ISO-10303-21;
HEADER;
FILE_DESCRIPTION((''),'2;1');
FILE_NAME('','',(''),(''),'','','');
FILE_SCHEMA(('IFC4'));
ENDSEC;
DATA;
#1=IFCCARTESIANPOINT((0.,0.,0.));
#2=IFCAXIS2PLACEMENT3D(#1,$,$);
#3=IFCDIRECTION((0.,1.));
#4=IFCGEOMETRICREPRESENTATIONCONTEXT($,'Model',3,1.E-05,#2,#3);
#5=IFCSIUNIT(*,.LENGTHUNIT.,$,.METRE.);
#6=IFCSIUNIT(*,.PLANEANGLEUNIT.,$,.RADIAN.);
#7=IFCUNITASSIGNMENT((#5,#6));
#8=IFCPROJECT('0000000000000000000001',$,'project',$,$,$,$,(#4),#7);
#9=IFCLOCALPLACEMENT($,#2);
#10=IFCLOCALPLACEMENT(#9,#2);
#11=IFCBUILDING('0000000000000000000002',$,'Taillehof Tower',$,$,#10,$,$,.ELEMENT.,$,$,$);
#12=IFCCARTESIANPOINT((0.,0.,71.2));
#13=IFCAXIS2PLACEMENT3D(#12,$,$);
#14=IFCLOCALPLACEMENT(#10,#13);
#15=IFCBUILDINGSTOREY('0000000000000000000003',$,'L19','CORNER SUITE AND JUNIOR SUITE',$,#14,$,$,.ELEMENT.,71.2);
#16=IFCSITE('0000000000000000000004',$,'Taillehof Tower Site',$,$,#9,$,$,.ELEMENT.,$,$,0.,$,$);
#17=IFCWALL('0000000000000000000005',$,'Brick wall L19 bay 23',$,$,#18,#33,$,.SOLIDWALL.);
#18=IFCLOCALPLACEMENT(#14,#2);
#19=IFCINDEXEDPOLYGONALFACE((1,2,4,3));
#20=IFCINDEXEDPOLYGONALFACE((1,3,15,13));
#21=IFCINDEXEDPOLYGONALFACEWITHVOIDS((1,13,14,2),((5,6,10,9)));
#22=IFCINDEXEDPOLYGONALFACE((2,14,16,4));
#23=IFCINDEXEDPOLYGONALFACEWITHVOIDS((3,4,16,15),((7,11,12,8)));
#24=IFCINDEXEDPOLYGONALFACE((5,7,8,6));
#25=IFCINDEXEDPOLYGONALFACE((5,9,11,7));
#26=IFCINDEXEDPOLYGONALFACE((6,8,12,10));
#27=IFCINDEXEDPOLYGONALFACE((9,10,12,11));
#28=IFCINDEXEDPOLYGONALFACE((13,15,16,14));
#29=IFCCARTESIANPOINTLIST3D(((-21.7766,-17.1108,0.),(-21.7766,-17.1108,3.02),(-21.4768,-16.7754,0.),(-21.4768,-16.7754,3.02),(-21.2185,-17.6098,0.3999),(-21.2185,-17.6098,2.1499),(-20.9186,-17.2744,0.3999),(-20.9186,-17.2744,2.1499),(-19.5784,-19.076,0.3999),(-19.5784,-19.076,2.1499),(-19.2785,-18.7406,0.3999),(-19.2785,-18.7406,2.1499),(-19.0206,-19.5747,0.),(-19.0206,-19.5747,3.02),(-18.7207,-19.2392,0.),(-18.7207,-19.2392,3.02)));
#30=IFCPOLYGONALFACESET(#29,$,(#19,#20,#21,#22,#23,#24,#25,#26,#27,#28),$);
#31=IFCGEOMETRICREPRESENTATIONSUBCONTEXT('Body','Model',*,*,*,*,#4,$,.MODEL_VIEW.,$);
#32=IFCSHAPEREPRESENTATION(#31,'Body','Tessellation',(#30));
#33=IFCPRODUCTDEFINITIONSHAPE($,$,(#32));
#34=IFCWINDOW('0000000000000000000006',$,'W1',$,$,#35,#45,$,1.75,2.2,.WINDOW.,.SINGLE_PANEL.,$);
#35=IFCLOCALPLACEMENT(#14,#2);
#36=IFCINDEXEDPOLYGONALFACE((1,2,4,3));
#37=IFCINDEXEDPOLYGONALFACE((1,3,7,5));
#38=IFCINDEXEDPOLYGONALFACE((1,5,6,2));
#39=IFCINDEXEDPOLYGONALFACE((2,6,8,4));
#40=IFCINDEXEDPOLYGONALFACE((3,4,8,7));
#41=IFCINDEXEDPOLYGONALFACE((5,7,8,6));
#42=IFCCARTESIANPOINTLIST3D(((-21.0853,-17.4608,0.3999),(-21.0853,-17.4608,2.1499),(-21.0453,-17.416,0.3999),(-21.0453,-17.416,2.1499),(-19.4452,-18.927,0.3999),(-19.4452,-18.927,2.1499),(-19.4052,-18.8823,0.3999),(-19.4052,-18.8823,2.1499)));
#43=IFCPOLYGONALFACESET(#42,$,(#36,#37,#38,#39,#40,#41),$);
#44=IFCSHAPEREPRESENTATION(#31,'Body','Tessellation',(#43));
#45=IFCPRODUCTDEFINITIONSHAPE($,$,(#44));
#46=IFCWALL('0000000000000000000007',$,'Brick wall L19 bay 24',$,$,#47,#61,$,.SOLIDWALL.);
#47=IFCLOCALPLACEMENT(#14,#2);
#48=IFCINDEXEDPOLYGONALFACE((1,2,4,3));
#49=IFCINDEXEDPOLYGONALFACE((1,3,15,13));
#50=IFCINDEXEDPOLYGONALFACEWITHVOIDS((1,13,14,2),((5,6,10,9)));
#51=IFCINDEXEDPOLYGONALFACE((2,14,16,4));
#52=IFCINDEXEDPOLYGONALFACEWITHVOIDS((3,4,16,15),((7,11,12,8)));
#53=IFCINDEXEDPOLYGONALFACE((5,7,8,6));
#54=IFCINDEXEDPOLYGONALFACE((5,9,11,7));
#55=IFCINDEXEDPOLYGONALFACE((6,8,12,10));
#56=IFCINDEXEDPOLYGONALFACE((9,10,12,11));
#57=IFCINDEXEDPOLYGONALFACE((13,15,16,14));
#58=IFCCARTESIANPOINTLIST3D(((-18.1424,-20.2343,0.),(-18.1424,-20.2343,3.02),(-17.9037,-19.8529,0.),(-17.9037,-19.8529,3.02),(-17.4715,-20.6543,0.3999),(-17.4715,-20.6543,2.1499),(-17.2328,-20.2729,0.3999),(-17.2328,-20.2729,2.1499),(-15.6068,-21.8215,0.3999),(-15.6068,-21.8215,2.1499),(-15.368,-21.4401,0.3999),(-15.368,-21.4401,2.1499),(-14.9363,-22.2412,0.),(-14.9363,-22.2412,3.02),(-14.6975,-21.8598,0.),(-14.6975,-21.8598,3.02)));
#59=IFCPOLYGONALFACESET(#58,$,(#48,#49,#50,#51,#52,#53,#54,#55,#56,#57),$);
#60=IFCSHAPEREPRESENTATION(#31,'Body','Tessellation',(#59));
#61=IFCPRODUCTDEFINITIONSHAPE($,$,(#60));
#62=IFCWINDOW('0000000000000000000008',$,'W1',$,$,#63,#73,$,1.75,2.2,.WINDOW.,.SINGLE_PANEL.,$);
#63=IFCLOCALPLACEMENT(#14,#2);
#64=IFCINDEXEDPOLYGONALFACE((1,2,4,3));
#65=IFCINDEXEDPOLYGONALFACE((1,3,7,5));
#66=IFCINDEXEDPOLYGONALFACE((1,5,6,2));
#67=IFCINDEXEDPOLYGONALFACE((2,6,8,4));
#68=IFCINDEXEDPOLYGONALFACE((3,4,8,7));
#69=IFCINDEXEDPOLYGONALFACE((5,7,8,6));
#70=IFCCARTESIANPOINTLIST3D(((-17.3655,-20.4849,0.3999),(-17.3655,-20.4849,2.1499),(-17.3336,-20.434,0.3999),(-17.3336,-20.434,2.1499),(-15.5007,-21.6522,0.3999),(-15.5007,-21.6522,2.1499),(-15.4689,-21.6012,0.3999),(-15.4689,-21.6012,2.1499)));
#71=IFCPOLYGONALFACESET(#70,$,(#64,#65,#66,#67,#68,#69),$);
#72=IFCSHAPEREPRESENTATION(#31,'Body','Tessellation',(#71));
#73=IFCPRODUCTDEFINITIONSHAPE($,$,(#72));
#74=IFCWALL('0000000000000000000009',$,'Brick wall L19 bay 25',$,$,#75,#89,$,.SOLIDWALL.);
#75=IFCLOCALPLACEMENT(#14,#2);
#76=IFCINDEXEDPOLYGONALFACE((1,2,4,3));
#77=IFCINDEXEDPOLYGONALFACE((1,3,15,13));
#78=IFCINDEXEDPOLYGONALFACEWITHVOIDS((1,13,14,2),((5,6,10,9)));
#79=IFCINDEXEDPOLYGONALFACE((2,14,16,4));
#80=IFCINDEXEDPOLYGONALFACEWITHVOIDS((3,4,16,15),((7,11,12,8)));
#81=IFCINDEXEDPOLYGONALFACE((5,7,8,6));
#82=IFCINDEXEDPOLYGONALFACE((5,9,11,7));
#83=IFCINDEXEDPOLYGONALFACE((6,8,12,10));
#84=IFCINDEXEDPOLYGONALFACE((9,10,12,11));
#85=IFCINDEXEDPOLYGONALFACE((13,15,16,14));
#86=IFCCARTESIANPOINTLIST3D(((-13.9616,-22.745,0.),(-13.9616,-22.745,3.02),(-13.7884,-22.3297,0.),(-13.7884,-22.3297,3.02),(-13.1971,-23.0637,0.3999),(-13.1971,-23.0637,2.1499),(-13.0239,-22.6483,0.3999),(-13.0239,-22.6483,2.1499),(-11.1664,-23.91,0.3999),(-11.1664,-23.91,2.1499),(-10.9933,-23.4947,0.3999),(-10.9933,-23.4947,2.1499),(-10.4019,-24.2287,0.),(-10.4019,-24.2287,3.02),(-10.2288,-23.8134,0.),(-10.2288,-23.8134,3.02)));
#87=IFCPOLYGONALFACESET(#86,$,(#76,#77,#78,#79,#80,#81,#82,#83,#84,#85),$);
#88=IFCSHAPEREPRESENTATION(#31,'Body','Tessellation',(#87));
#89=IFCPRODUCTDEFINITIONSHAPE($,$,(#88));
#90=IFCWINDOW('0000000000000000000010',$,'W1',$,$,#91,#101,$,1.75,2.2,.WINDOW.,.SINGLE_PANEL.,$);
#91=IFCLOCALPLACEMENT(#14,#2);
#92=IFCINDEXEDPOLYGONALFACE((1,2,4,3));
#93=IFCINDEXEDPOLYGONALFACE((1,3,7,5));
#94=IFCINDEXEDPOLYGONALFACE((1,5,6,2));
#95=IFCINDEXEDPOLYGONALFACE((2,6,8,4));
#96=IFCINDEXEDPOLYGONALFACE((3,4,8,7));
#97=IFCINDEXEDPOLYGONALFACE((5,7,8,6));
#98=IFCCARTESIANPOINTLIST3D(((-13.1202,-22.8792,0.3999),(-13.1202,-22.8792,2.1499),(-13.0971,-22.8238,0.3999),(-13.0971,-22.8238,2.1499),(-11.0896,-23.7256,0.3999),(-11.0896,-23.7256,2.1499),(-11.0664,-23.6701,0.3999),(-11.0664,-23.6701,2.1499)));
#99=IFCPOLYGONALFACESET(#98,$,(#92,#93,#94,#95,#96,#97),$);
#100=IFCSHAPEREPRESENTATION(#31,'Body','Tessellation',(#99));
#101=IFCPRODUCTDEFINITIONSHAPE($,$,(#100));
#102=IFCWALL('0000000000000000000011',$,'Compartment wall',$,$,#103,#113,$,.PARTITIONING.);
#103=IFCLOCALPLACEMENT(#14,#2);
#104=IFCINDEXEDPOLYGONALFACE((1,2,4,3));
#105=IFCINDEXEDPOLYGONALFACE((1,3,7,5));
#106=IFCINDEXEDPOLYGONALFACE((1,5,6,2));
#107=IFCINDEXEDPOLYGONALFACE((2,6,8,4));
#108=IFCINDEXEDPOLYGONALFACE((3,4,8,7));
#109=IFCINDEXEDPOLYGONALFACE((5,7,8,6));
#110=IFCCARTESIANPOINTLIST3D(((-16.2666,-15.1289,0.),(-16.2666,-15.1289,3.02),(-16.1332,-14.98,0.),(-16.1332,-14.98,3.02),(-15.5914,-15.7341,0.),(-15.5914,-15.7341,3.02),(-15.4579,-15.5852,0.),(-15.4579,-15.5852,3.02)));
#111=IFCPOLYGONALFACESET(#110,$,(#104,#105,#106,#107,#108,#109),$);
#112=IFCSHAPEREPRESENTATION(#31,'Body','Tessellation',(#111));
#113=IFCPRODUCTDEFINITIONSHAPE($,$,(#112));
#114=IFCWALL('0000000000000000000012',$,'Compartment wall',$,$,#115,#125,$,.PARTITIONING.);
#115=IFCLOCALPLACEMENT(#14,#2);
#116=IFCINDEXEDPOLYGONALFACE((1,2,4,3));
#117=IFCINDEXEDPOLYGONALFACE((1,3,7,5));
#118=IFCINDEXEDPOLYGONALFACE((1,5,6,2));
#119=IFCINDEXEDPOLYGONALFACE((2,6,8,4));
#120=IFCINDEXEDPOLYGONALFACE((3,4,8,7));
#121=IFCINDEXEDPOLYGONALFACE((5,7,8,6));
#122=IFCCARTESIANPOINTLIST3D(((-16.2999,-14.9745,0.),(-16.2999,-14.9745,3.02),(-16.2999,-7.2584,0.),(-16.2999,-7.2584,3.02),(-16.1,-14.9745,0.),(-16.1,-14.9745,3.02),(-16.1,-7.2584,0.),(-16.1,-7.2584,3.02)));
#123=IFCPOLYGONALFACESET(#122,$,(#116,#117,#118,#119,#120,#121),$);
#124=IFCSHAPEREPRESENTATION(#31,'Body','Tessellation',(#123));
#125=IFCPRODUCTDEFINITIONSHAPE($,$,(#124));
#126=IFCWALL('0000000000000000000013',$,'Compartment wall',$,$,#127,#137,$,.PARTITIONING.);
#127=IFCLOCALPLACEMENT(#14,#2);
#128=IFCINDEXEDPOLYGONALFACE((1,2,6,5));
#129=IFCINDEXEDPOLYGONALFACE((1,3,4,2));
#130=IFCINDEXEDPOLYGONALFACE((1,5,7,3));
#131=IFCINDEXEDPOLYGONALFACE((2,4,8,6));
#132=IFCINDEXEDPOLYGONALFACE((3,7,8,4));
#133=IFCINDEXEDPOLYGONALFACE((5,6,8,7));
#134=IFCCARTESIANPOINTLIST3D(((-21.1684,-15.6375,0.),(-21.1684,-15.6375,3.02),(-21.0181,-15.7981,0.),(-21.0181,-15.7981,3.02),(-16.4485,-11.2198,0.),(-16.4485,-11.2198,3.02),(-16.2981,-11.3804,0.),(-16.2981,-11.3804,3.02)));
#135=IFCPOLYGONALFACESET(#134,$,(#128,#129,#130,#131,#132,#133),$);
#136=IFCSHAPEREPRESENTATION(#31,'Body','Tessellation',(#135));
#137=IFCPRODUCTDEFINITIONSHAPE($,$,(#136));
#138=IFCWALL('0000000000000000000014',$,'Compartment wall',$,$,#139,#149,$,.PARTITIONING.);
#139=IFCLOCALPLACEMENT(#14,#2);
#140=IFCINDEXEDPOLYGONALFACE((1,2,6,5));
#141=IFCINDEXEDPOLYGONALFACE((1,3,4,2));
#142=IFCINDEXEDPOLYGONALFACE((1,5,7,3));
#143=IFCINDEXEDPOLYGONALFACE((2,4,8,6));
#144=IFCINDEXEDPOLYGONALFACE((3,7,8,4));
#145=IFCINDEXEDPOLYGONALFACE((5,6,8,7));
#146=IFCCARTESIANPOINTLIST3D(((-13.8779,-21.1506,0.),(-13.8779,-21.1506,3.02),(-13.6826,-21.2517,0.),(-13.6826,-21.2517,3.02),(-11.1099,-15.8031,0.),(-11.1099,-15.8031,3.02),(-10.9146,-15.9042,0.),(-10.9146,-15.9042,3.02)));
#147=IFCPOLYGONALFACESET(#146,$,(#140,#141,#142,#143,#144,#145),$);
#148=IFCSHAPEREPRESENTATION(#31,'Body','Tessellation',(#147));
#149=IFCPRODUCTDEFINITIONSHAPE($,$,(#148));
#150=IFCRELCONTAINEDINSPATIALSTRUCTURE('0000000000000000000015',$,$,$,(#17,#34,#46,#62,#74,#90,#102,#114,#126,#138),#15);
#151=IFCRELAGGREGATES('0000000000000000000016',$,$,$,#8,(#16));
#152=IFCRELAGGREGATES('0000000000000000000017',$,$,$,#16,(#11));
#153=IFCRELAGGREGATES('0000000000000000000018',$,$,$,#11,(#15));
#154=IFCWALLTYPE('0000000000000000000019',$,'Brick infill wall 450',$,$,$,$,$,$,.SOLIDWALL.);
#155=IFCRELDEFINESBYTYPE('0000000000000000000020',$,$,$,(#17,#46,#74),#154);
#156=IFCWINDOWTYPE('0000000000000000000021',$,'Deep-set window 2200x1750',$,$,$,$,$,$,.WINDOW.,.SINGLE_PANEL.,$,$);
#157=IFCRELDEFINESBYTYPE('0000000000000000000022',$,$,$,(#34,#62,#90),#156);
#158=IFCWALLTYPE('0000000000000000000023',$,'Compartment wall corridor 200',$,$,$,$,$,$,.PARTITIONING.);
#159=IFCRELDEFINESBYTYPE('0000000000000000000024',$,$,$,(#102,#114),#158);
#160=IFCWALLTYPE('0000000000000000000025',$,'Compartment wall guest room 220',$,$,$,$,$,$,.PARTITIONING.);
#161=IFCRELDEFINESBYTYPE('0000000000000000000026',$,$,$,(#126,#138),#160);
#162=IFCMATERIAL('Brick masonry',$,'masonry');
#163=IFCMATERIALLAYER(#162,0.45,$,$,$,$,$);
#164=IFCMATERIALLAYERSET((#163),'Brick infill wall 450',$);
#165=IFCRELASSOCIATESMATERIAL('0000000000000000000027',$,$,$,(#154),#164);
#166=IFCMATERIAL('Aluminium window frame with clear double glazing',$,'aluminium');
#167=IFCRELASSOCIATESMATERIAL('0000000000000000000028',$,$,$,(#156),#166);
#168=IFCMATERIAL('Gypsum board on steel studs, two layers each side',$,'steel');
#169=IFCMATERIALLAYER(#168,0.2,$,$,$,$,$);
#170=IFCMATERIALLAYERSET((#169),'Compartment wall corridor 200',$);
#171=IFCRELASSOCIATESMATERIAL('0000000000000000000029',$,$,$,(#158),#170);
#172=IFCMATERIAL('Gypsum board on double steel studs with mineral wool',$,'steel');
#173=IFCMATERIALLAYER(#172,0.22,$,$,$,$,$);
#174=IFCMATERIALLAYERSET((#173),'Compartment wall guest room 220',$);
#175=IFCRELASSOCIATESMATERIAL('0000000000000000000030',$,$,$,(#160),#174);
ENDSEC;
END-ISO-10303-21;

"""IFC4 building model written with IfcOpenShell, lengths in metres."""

from ifc_helpers import new_model, si_unit, direction, frame, frame_2d, origin, place, context, subcontext, project, spatial, rectangle, extrude, material, layer, layer_set, type_object, element, fill, save


model = new_model("IFC4")

# Units and contexts
model_context = context("Model", 3, precision=1e-05, world=origin(), true_north=direction((0.0, 1.0)))
body_context = subcontext(model_context, "Body", "Model", "MODEL_VIEW")
ifc_project = project(units=[si_unit("LENGTHUNIT", "METRE"), si_unit("PLANEANGLEUNIT", "RADIAN")], contexts=[model_context])

# Site, building, storey
site_placement = place(None, origin())
site = spatial("IfcSite", under=ifc_project, at=site_placement, Name="Taillehof Tower Site", CompositionType="ELEMENT", RefElevation=0.0)
building_placement = place(site_placement, origin())
building = spatial("IfcBuilding", under=site, at=building_placement, Name="Taillehof Tower", CompositionType="ELEMENT")
storey_placement = place(building_placement, frame((0.0, 0.0, 71.2)))
storey = spatial("IfcBuildingStorey", under=building, at=storey_placement, Name="L19", Description="CORNER SUITE AND JUNIOR SUITE", CompositionType="ELEMENT", Elevation=71.2)

# Walls, openings, windows
ifc_material_1 = material(Name="Brick masonry", Category="masonry")
ifc_layer_1 = layer(ifc_material_1, 0.45)
ifc_layer_set_1 = layer_set([ifc_layer_1], Name="Brick infill wall 450")
wall_type_1 = type_object("IfcWallType", Name="Brick infill wall 450", PredefinedType="SOLIDWALL", material=ifc_layer_set_1)
ifc_material_2 = material(Name="Aluminium window frame with clear double glazing", Category="aluminium")
window_type = type_object("IfcWindowType", Name="Deep-set window 2200x1750", PartitioningType="SINGLE_PANEL", PredefinedType="WINDOW", material=ifc_material_2)
wall_1_placement = place(storey_placement, frame((-21.6267, -16.9431, 0.0), z_axis=(0.0, 0.0, 1.0), x_axis=(0.745526, -0.666476, 0.0)))
wall_1 = element("IfcWall", 1, at=wall_1_placement, inside=storey, type_object=wall_type_1, Name="Brick wall L19 bay 23", PredefinedType="SOLIDWALL", context=body_context, shape_type="SweptSolid", body=[
    extrude(rectangle(XDim=3.6968, YDim=0.45, at=frame_2d((1.8484, 0.0))), origin(), (0.0, 0.0, 1.0), 3.02),
])
opening_1_placement = place(wall_1_placement, frame((0.7485, 0.0, 0.3999)))
opening_1 = element("IfcOpeningElement", 2, at=opening_1_placement, cuts=wall_1, PredefinedType="OPENING", context=body_context, shape_type="SweptSolid", body=[
    extrude(rectangle(XDim=2.2, YDim=1.75, at=frame_2d((1.1001, 0.875))), frame((0.0, 0.2349, 0.0), z_axis=(0.0, -1.0, 0.0), x_axis=(1.0, 0.0, 0.0)), (0.0, 0.0, 1.0), 0.47),
])
window_1_placement = place(opening_1_placement, origin())
window_1 = element("IfcWindow", 3, at=window_1_placement, inside=storey, type_object=window_type, Name="W1", OverallHeight=1.75, OverallWidth=2.2, PartitioningType="SINGLE_PANEL", PredefinedType="WINDOW", context=body_context, shape_type="SweptSolid", body=[
    extrude(rectangle(XDim=2.2, YDim=1.75, at=frame_2d((1.1001, 0.875))), frame((0.0, 0.0349, 0.0), z_axis=(0.0, -1.0, 0.0), x_axis=(1.0, 0.0, 0.0)), (0.0, 0.0, 1.0), 0.0601),
])
fill(opening_1, window_1)
wall_2_placement = place(storey_placement, frame((-18.0229, -20.0437, 0.0), z_axis=(0.0, 0.0, 1.0), x_axis=(0.847635, -0.530579, 0.0)))
wall_2 = element("IfcWall", 4, at=wall_2_placement, inside=storey, type_object=wall_type_1, Name="Brick wall L19 bay 24", PredefinedType="SOLIDWALL", context=body_context, shape_type="SweptSolid", body=[
    extrude(rectangle(XDim=3.7825, YDim=0.45, at=frame_2d((1.8911, 0.0))), origin(), (0.0, 0.0, 1.0), 3.02),
])
opening_2_placement = place(wall_2_placement, frame((0.7913, 0.0, 0.3999)))
opening_2 = element("IfcOpeningElement", 5, at=opening_2_placement, cuts=wall_2, PredefinedType="OPENING", context=body_context, shape_type="SweptSolid", body=[
    extrude(rectangle(XDim=2.2, YDim=1.75, at=frame_2d((1.1001, 0.875))), frame((0.0, 0.2349, 0.0), z_axis=(0.0, -1.0, 0.0), x_axis=(1.0, 0.0, 0.0)), (0.0, 0.0, 1.0), 0.47),
])
window_2_placement = place(opening_2_placement, origin())
window_2 = element("IfcWindow", 6, at=window_2_placement, inside=storey, type_object=window_type, Name="W1", OverallHeight=1.75, OverallWidth=2.2, PartitioningType="SINGLE_PANEL", PredefinedType="WINDOW", context=body_context, shape_type="SweptSolid", body=[
    extrude(rectangle(XDim=2.2, YDim=1.75, at=frame_2d((1.1001, 0.875))), frame((0.0, 0.0349, 0.0), z_axis=(0.0, -1.0, 0.0), x_axis=(1.0, 0.0, 0.0)), (0.0, 0.0, 1.0), 0.0601),
])
fill(opening_2, window_2)
wall_3_placement = place(storey_placement, frame((-13.875, -22.5374, 0.0), z_axis=(0.0, 0.0, 1.0), x_axis=(0.923032, -0.384723, 0.0)))
wall_3 = element("IfcWall", 7, at=wall_3_placement, inside=storey, type_object=wall_type_1, Name="Brick wall L19 bay 25", PredefinedType="SOLIDWALL", context=body_context, shape_type="SweptSolid", body=[
    extrude(rectangle(XDim=3.8564, YDim=0.45, at=frame_2d((1.9282, 0.0))), origin(), (0.0, 0.0, 1.0), 3.02),
])
opening_3_placement = place(wall_3_placement, frame((0.8281, 0.0, 0.3999)))
opening_3 = element("IfcOpeningElement", 8, at=opening_3_placement, cuts=wall_3, PredefinedType="OPENING", context=body_context, shape_type="SweptSolid", body=[
    extrude(rectangle(XDim=2.2, YDim=1.75, at=frame_2d((1.1001, 0.875))), frame((0.0, 0.2349, 0.0), z_axis=(0.0, -1.0, 0.0), x_axis=(1.0, 0.0, 0.0)), (0.0, 0.0, 1.0), 0.47),
])
window_3_placement = place(opening_3_placement, origin())
window_3 = element("IfcWindow", 9, at=window_3_placement, inside=storey, type_object=window_type, Name="W1", OverallHeight=1.75, OverallWidth=2.2, PartitioningType="SINGLE_PANEL", PredefinedType="WINDOW", context=body_context, shape_type="SweptSolid", body=[
    extrude(rectangle(XDim=2.2, YDim=1.75, at=frame_2d((1.1001, 0.875))), frame((0.0, 0.0349, 0.0), z_axis=(0.0, -1.0, 0.0), x_axis=(1.0, 0.0, 0.0)), (0.0, 0.0, 1.0), 0.0601),
])
fill(opening_3, window_3)

# Walls
ifc_material_3 = material(Name="Gypsum board on steel studs, two layers each side", Category="steel")
ifc_layer_2 = layer(ifc_material_3, 0.2)
ifc_layer_set_2 = layer_set([ifc_layer_2], Name="Compartment wall corridor 200")
wall_type_2 = type_object("IfcWallType", Name="Compartment wall corridor 200", PredefinedType="PARTITIONING", material=ifc_layer_set_2)
wall_4_placement = place(storey_placement, frame((-15.5247, -15.6597, 0.0), z_axis=(0.0, 0.0, 1.0), x_axis=(-0.744685, 0.667416, 0.0)))
element("IfcWall", 10, at=wall_4_placement, inside=storey, type_object=wall_type_2, Name="Compartment wall", PredefinedType="PARTITIONING", context=body_context, shape_type="SweptSolid", body=[
    extrude(rectangle(XDim=0.9067, YDim=0.2, at=frame_2d((0.4534, 0.0))), origin(), (0.0, 0.0, 1.0), 3.02),
])
wall_5_placement = place(storey_placement, frame((-16.2, -14.9744, 0.0), z_axis=(0.0, 0.0, 1.0), x_axis=(0.0, 1.0, 0.0)))
element("IfcWall", 11, at=wall_5_placement, inside=storey, type_object=wall_type_2, Name="Compartment wall", PredefinedType="PARTITIONING", context=body_context, shape_type="SweptSolid", body=[
    extrude(rectangle(XDim=7.7161, YDim=0.2, at=frame_2d((3.8579, 0.0))), origin(), (0.0, 0.0, 1.0), 3.02),
])
ifc_material_4 = material(Name="Gypsum board on double steel studs with mineral wool", Category="steel")
ifc_layer_3 = layer(ifc_material_4, 0.22)
ifc_layer_set_3 = layer_set([ifc_layer_3], Name="Compartment wall guest room 220")
wall_type_3 = type_object("IfcWallType", Name="Compartment wall guest room 220", PredefinedType="PARTITIONING", material=ifc_layer_set_3)
wall_6_placement = place(storey_placement, frame((-21.0933, -15.7178, 0.0), z_axis=(0.0, 0.0, 1.0), x_axis=(0.730096, 0.683344, 0.0)))
element("IfcWall", 12, at=wall_6_placement, inside=storey, type_object=wall_type_3, Name="Compartment wall", PredefinedType="PARTITIONING", context=body_context, shape_type="SweptSolid", body=[
    extrude(rectangle(XDim=6.4648, YDim=0.22, at=frame_2d((3.2324, 0.0))), origin(), (0.0, 0.0, 1.0), 3.02),
])
wall_7_placement = place(storey_placement, frame((-13.7803, -21.2012, 0.0), z_axis=(0.0, 0.0, 1.0), x_axis=(0.45969, 0.88808, 0.0)))
element("IfcWall", 13, at=wall_7_placement, inside=storey, type_object=wall_type_3, Name="Compartment wall", PredefinedType="PARTITIONING", context=body_context, shape_type="SweptSolid", body=[
    extrude(rectangle(XDim=6.0215, YDim=0.22, at=frame_2d((3.0107, 0.0))), origin(), (0.0, 0.0, 1.0), 3.02),
])

save(model, "model.ifc")
